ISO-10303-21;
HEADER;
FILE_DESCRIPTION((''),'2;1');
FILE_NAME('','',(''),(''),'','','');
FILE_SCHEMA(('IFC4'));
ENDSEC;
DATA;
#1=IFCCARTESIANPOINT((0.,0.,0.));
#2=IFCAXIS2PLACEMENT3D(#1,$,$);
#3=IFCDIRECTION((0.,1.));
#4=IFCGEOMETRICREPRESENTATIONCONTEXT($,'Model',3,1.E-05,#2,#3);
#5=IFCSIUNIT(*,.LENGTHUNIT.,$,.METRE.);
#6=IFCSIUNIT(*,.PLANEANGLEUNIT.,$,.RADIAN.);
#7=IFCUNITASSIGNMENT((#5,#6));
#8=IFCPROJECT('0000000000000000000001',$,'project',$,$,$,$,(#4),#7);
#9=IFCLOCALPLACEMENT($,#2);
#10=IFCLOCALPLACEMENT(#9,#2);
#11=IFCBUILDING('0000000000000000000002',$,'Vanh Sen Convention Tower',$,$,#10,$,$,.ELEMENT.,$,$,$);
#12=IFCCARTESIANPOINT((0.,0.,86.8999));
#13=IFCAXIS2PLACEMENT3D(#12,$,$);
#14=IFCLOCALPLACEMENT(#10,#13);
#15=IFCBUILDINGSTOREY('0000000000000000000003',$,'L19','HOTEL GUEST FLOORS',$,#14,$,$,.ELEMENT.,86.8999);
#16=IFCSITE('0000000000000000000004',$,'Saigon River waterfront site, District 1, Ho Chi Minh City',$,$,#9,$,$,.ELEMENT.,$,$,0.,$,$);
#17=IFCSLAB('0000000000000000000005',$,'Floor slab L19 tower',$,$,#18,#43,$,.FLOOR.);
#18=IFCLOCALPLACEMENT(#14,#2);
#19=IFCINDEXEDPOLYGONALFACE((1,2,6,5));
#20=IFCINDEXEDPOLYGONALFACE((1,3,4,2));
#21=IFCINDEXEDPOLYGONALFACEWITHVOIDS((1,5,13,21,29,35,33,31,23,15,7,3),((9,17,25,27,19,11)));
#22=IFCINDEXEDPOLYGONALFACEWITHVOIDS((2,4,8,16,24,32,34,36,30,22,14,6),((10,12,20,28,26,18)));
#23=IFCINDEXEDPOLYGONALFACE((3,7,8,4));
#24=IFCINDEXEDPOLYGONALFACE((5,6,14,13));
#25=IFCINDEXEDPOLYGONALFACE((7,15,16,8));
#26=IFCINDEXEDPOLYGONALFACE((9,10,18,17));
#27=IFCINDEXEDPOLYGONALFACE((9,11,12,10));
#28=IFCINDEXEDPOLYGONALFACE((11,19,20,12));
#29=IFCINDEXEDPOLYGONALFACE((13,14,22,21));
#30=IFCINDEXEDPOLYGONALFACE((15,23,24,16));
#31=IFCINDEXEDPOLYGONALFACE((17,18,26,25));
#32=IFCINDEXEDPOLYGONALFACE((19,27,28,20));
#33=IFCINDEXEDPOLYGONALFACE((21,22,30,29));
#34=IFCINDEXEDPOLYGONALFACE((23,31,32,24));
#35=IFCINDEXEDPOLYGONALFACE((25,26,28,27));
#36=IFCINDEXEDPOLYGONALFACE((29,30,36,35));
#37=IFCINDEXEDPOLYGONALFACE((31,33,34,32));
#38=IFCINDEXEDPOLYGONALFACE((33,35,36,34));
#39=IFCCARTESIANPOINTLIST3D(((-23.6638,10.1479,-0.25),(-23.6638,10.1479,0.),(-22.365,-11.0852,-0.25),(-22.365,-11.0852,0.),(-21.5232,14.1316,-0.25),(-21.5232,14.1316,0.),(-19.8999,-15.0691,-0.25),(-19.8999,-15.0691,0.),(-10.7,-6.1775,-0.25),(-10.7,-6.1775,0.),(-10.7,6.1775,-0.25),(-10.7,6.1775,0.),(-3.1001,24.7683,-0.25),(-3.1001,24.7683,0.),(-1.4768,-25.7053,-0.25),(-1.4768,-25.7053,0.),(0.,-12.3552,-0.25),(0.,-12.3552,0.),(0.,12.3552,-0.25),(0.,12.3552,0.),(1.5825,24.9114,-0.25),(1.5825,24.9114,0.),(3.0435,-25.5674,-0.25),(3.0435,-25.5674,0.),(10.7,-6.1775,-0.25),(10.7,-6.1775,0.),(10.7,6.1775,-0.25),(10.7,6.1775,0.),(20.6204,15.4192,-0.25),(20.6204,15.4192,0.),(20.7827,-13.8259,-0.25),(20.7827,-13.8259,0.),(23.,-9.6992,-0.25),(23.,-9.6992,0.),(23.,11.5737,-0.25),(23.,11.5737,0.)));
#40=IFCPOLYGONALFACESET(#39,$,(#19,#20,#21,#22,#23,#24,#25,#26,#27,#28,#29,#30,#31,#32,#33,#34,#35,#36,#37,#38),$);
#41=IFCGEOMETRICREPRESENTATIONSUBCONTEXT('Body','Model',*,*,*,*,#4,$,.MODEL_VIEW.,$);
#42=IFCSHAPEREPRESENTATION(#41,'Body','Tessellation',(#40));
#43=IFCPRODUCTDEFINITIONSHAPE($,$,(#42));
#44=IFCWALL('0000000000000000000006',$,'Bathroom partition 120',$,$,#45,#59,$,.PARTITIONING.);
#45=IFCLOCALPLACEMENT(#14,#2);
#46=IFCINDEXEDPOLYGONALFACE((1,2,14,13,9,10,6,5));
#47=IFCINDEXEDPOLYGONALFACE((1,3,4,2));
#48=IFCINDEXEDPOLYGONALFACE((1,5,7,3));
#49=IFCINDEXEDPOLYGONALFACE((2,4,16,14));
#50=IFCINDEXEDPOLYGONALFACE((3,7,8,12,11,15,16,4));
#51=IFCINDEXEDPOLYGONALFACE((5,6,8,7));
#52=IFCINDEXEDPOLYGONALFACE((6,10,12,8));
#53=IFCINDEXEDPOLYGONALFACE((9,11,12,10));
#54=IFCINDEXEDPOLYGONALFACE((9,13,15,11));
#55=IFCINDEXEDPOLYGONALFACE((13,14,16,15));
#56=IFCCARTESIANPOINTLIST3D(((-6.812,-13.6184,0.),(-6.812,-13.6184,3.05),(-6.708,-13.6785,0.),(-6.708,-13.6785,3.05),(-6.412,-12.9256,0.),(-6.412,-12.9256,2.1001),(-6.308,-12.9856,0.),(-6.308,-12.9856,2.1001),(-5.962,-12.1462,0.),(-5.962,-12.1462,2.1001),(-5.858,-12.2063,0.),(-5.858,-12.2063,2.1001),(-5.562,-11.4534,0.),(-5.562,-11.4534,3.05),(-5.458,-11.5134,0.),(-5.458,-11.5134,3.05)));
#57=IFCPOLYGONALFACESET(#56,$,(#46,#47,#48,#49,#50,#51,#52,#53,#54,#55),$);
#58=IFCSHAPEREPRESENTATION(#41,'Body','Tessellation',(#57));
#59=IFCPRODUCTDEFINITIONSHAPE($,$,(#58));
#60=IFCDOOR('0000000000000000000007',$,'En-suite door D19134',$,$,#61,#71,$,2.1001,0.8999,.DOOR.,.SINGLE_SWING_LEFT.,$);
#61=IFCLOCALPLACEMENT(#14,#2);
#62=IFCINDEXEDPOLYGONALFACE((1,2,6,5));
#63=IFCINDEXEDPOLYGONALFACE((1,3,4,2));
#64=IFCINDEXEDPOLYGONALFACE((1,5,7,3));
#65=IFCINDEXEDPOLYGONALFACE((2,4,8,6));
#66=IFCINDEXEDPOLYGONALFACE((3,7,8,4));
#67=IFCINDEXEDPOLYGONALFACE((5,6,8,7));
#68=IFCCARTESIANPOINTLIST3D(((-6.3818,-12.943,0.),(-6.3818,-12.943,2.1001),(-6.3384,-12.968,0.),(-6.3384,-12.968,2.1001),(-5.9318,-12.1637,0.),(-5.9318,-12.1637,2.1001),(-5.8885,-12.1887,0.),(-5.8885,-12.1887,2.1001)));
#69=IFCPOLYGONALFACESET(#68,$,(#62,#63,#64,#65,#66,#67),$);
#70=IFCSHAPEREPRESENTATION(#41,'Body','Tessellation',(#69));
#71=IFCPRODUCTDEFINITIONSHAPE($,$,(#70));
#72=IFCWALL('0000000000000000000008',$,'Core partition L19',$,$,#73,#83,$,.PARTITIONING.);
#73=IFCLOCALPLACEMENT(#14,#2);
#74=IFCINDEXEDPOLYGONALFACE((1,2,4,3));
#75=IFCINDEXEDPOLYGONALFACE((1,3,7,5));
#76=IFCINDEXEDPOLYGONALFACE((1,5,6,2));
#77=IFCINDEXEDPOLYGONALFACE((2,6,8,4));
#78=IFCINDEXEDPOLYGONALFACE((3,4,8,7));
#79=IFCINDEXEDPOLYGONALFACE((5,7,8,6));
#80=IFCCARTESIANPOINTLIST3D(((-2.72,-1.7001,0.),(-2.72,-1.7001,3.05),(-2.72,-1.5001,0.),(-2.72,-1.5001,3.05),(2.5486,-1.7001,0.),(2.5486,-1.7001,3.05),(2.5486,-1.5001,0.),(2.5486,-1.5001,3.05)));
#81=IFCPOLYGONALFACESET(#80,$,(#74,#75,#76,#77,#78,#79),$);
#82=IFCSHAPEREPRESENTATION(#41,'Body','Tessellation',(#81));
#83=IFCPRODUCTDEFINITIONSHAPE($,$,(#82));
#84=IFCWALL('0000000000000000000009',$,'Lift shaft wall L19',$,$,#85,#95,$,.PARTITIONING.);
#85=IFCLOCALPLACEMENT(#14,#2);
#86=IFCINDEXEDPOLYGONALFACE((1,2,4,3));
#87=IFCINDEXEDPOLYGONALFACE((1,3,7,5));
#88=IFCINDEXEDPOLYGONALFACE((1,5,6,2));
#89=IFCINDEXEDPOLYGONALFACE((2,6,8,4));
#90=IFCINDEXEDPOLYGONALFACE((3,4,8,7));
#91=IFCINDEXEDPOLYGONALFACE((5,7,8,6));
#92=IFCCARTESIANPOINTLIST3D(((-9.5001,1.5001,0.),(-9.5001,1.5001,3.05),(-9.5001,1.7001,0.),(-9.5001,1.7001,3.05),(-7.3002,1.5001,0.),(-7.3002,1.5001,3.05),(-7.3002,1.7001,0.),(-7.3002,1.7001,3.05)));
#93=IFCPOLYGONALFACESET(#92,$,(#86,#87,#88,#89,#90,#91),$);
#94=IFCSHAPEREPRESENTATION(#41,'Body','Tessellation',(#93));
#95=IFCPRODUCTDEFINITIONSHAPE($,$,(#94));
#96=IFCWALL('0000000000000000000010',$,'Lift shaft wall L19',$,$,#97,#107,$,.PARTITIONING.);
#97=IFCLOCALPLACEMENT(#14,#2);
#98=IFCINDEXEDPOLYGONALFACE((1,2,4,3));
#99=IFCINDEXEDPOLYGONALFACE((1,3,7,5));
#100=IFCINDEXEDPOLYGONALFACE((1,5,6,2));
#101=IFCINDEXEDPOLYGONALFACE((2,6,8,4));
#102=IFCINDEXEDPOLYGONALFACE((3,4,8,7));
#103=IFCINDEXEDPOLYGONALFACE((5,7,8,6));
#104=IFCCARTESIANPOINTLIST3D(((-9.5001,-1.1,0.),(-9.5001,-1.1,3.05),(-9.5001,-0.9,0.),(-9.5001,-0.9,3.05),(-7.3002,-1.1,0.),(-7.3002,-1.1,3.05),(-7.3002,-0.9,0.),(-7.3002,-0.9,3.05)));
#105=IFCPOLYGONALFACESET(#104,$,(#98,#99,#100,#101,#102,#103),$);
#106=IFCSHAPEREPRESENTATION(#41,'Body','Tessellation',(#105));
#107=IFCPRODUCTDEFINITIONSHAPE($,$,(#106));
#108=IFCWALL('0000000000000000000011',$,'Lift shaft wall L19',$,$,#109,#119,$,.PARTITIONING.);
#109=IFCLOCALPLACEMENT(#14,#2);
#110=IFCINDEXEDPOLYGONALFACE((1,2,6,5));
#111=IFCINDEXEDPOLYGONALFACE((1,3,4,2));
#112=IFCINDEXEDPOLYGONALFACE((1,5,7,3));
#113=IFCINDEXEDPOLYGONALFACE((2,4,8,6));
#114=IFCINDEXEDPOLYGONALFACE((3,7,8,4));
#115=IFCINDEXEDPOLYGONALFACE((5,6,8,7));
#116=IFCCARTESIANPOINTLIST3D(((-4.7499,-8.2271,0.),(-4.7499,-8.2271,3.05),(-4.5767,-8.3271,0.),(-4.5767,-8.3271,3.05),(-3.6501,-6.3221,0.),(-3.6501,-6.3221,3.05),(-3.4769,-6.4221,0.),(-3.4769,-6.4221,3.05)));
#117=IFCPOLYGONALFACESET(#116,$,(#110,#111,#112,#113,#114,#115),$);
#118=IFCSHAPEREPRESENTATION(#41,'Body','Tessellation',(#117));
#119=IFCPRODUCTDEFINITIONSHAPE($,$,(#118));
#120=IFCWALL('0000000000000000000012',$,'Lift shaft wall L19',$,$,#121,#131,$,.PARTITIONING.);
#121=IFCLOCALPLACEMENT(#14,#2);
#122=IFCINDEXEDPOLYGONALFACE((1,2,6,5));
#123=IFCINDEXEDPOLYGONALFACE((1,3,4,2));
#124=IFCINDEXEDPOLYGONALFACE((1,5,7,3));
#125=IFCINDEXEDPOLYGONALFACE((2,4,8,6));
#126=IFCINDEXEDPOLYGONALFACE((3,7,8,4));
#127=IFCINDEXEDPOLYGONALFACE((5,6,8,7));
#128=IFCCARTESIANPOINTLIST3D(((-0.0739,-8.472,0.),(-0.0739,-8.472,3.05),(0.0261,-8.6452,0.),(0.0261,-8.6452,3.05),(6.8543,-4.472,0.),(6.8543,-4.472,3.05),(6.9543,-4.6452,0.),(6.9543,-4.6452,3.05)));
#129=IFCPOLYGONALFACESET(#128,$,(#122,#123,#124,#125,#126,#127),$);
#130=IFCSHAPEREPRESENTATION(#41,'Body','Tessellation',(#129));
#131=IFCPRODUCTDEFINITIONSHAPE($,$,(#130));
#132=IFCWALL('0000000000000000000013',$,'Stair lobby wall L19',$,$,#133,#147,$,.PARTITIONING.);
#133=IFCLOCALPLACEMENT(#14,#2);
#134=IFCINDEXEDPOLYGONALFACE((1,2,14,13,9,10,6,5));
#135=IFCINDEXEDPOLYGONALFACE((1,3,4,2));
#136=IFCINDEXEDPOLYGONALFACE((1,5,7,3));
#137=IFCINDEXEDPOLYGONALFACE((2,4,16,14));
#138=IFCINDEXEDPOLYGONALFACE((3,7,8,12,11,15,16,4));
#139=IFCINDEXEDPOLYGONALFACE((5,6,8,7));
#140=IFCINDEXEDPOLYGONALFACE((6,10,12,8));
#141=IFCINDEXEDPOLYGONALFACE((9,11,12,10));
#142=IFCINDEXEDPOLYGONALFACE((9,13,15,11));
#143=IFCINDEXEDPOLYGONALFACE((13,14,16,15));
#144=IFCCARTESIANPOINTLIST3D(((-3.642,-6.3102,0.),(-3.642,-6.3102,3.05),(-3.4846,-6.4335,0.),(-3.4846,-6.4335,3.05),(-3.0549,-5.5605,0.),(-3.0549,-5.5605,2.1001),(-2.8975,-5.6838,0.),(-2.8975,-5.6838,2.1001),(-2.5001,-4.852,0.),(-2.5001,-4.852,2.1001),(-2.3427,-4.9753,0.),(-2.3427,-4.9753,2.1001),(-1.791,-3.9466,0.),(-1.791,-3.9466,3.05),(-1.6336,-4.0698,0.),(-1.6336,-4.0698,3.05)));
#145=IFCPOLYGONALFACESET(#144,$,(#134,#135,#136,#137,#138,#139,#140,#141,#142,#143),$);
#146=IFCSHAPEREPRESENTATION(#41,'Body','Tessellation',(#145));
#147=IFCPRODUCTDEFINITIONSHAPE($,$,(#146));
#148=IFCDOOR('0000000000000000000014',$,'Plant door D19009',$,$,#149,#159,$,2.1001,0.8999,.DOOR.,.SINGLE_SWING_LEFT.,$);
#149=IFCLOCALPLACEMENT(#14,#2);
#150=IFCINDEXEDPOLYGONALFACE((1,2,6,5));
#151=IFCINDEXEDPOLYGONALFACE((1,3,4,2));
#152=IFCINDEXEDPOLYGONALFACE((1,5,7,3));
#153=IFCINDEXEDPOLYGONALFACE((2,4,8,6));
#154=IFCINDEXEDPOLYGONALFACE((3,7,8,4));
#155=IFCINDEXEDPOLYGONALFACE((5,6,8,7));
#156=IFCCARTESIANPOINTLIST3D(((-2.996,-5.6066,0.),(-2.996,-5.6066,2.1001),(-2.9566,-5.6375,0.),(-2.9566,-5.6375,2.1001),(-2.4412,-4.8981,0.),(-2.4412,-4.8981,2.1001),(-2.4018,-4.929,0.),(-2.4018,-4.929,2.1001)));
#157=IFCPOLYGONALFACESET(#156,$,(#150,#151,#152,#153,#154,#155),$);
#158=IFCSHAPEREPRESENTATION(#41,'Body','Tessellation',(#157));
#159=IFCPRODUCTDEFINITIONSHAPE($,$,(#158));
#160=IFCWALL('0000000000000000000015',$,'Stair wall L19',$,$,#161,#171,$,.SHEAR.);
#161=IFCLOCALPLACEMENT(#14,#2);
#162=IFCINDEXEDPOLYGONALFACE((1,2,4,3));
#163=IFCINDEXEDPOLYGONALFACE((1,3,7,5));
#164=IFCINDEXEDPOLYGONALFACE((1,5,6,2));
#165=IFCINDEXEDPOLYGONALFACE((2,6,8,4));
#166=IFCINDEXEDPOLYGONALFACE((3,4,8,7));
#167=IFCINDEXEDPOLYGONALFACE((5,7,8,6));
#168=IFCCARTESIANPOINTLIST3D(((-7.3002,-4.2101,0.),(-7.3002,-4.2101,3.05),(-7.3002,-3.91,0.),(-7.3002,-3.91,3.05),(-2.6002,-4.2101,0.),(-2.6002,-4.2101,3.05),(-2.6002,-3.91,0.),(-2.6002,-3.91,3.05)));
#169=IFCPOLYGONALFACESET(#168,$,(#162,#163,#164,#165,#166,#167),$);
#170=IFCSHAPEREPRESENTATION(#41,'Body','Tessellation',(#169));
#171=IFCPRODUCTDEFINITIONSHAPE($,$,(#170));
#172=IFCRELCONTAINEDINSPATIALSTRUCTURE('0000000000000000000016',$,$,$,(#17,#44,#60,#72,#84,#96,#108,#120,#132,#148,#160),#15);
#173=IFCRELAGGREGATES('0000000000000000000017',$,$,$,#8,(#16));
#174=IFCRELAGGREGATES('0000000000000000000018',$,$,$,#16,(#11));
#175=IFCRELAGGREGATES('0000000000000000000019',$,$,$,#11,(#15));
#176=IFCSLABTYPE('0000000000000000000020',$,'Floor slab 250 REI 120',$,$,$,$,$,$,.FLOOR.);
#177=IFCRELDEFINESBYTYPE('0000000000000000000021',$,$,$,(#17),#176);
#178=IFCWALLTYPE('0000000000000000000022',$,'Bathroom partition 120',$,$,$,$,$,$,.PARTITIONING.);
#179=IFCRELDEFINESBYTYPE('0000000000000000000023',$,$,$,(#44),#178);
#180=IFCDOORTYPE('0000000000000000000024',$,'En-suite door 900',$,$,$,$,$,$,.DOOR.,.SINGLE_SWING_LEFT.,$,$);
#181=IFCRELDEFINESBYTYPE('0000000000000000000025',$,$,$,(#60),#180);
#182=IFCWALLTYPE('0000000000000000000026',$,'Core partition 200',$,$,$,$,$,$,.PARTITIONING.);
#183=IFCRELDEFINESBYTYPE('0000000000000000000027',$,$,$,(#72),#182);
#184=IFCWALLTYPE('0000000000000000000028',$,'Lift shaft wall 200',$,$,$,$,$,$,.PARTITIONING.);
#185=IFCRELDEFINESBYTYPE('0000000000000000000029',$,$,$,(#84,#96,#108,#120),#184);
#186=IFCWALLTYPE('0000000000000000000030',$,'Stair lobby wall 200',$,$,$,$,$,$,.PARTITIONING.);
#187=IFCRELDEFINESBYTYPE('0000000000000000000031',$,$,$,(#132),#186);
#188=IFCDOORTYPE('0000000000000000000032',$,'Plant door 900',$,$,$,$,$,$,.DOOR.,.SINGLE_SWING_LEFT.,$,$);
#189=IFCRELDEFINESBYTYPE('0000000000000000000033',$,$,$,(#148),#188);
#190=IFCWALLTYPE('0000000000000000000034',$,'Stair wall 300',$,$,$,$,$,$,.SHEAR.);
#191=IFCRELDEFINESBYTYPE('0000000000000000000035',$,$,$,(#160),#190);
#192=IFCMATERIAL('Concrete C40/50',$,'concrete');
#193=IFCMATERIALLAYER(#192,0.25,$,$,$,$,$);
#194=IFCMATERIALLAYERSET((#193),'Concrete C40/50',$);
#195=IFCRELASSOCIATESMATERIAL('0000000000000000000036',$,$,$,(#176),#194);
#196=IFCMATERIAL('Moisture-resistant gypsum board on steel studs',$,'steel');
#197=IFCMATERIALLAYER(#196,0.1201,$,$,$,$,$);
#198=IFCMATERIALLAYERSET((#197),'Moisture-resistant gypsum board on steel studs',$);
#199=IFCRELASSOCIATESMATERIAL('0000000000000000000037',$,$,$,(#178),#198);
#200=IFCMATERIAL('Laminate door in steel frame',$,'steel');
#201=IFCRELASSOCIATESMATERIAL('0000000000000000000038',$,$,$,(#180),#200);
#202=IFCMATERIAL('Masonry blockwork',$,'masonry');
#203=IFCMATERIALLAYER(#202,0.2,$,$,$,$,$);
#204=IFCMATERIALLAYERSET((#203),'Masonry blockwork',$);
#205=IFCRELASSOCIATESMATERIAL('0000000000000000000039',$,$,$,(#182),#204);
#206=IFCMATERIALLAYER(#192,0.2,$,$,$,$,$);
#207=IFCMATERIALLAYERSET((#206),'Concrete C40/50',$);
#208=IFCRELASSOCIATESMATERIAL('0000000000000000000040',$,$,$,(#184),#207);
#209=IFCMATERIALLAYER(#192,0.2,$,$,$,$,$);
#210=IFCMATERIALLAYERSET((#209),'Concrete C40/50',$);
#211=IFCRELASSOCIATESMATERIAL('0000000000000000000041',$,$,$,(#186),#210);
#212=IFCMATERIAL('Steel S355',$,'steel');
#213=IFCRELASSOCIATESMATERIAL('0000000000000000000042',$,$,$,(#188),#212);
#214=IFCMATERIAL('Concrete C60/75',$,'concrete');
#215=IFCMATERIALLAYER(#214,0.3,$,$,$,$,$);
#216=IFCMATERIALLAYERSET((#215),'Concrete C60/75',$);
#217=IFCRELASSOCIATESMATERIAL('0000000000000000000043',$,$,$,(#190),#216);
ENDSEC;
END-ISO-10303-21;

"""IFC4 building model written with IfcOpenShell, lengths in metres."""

from ifc_helpers import new_model, si_unit, direction, frame, frame_2d, origin, place, context, subcontext, project, spatial, polyline, rectangle, outline, extrude, material, layer, layer_set, type_object, element, fill, save


model = new_model("IFC4")

# Units and contexts
model_context = context("Model", 3, precision=1e-05, world=origin(), true_north=direction((0.0, 1.0)))
body_context = subcontext(model_context, "Body", "Model", "MODEL_VIEW")
ifc_project = project(units=[si_unit("LENGTHUNIT", "METRE"), si_unit("PLANEANGLEUNIT", "RADIAN")], contexts=[model_context])

# Site, building, storey
site_placement = place(None, origin())
site = spatial("IfcSite", under=ifc_project, at=site_placement, Name="Saigon River waterfront site, District 1, Ho Chi Minh City", CompositionType="ELEMENT", RefElevation=0.0)
building_placement = place(site_placement, origin())
building = spatial("IfcBuilding", under=site, at=building_placement, Name="Vanh Sen Convention Tower", CompositionType="ELEMENT")
storey_placement = place(building_placement, frame((0.0, 0.0, 86.8999)))
storey = spatial("IfcBuildingStorey", under=building, at=storey_placement, Name="L19", Description="HOTEL GUEST FLOORS", CompositionType="ELEMENT", Elevation=86.8999)

# Slab
ifc_material_1 = material(Name="Concrete C40/50", Category="concrete")
ifc_layer_1 = layer(ifc_material_1, 0.25)
ifc_layer_set_1 = layer_set([ifc_layer_1], Name="Concrete C40/50")
slab_type = type_object("IfcSlabType", Name="Floor slab 250 REI 120", PredefinedType="FLOOR", material=ifc_layer_set_1)
slab_placement = place(storey_placement, frame((0.0, 0.0, -0.25)))
element("IfcSlab", 1, at=slab_placement, inside=storey, type_object=slab_type, Name="Floor slab L19 tower", PredefinedType="FLOOR", context=body_context, shape_type="SweptSolid", body=[
    extrude(outline(polyline([(23.0, -9.6992), (23.0, 11.5737), (20.6204, 15.4192), (1.5825, 24.9114), (-3.1001, 24.7683), (-21.5232, 14.1316), (-23.6638, 10.1479), (-22.365, -11.0852), (-19.8999, -15.0691), (-1.4768, -25.7053), (3.0435, -25.5674), (20.7827, -13.8259), (23.0, -9.6992)]), holes=[polyline([(0.0, 12.3552), (-10.7, 6.1775), (-10.7, -6.1775), (0.0, -12.3552), (10.7, -6.1775), (10.7, 6.1775), (0.0, 12.3552)])]), origin(), (0.0, 0.0, 1.0), 0.25),
])

# Wall, opening, door
ifc_material_2 = material(Name="Moisture-resistant gypsum board on steel studs", Category="steel")
ifc_layer_2 = layer(ifc_material_2, 0.1201)
ifc_layer_set_2 = layer_set([ifc_layer_2], Name="Moisture-resistant gypsum board on steel studs")
wall_type_1 = type_object("IfcWallType", Name="Bathroom partition 120", PredefinedType="PARTITIONING", material=ifc_layer_set_2)
wall_1_placement = place(storey_placement, frame((-5.51, -11.4834, 0.0), z_axis=(0.0, 0.0, 1.0), x_axis=(-0.500004, -0.866023, 0.0)))
wall_1 = element("IfcWall", 2, at=wall_1_placement, inside=storey, type_object=wall_type_1, Name="Bathroom partition 120", PredefinedType="PARTITIONING", context=body_context, shape_type="SweptSolid", body=[
    extrude(rectangle(XDim=2.5, YDim=0.1201, at=frame_2d((1.25, 0.0))), origin(), (0.0, 0.0, 1.0), 3.05),
])
opening_1_placement = place(wall_1_placement, frame((0.8, 0.0, 0.0)))
opening_1 = element("IfcOpeningElement", 3, at=opening_1_placement, cuts=wall_1, PredefinedType="OPENING", context=body_context, shape_type="SweptSolid", body=[
    extrude(rectangle(XDim=0.8999, YDim=2.1001, at=frame_2d((0.45, 1.05))), frame((0.0, 0.0701, 0.0), z_axis=(0.0, -1.0, 0.0), x_axis=(1.0, 0.0, 0.0)), (0.0, 0.0, 1.0), 0.1401),
])
ifc_material_3 = material(Name="Laminate door in steel frame", Category="steel")
door_type_1 = type_object("IfcDoorType", Name="En-suite door 900", OperationType="SINGLE_SWING_LEFT", PredefinedType="DOOR", material=ifc_material_3)
door_1_placement = place(opening_1_placement, origin())
door_1 = element("IfcDoor", 4, at=door_1_placement, inside=storey, type_object=door_type_1, Name="En-suite door D19134", OperationType="SINGLE_SWING_LEFT", OverallHeight=2.1001, OverallWidth=0.8999, PredefinedType="DOOR", context=body_context, shape_type="SweptSolid", body=[
    extrude(rectangle(XDim=0.8999, YDim=2.1001, at=frame_2d((0.45, 1.05))), frame((0.0, 0.0249, 0.0), z_axis=(0.0, -1.0, 0.0), x_axis=(1.0, 0.0, 0.0)), (0.0, 0.0, 1.0), 0.05),
])
fill(opening_1, door_1)

# Walls
ifc_material_4 = material(Name="Masonry blockwork", Category="masonry")
ifc_layer_3 = layer(ifc_material_4, 0.2)
ifc_layer_set_3 = layer_set([ifc_layer_3], Name="Masonry blockwork")
wall_type_2 = type_object("IfcWallType", Name="Core partition 200", PredefinedType="PARTITIONING", material=ifc_layer_set_3)
wall_2_placement = place(storey_placement, frame((-2.72, -1.6001, 0.0), z_axis=(0.0, 0.0, 1.0), x_axis=(1.0, 0.0, 0.0)))
element("IfcWall", 5, at=wall_2_placement, inside=storey, type_object=wall_type_2, Name="Core partition L19", PredefinedType="PARTITIONING", context=body_context, shape_type="SweptSolid", body=[
    extrude(rectangle(XDim=5.2686, YDim=0.2, at=frame_2d((2.6343, 0.0))), origin(), (0.0, 0.0, 1.0), 3.05),
])
ifc_layer_4 = layer(ifc_material_1, 0.2)
ifc_layer_set_4 = layer_set([ifc_layer_4], Name="Concrete C40/50")
wall_type_3 = type_object("IfcWallType", Name="Lift shaft wall 200", PredefinedType="PARTITIONING", material=ifc_layer_set_4)
for number, where, z_axis, x_axis, name in (
    (6, (-7.3, 1.6001, 0.0), (0.0, 0.0, 1.0), (-1.0, 0.0, 0.0), "Lift shaft wall L19"),
    (7, (-7.3, -1.0, 0.0), (0.0, 0.0, 1.0), (-1.0, 0.0, 0.0), "Lift shaft wall L19"),
):
    element("IfcWall", number, at=place(storey_placement, frame(where, z_axis=z_axis, x_axis=x_axis)), inside=storey, type_object=wall_type_3, Name=name, PredefinedType="PARTITIONING", context=body_context, shape_type="SweptSolid", body=[
        extrude(rectangle(XDim=2.2, YDim=0.2, at=frame_2d((1.1001, 0.0))), origin(), (0.0, 0.0, 1.0), 3.05),
    ])
wall_3_placement = place(storey_placement, frame((-3.5635, -6.3721, 0.0), z_axis=(0.0, 0.0, 1.0), x_axis=(-0.499995, -0.866028, 0.0)))
element("IfcWall", 8, at=wall_3_placement, inside=storey, type_object=wall_type_3, Name="Lift shaft wall L19", PredefinedType="PARTITIONING", context=body_context, shape_type="SweptSolid", body=[
    extrude(rectangle(XDim=2.1997, YDim=0.2, at=frame_2d((1.0999, 0.0))), origin(), (0.0, 0.0, 1.0), 3.05),
])
wall_4_placement = place(storey_placement, frame((-0.0239, -8.5586, 0.0), z_axis=(0.0, 0.0, 1.0), x_axis=(0.866026, 0.499999, 0.0)))
element("IfcWall", 9, at=wall_4_placement, inside=storey, type_object=wall_type_3, Name="Lift shaft wall L19", PredefinedType="PARTITIONING", context=body_context, shape_type="SweptSolid", body=[
    extrude(rectangle(XDim=8.0, YDim=0.2, at=frame_2d((4.0, 0.0))), origin(), (0.0, 0.0, 1.0), 3.05),
])

# Wall, opening, door
ifc_layer_5 = layer(ifc_material_1, 0.2)
ifc_layer_set_5 = layer_set([ifc_layer_5], Name="Concrete C40/50")
wall_type_4 = type_object("IfcWallType", Name="Stair lobby wall 200", PredefinedType="PARTITIONING", material=ifc_layer_set_5)
wall_5_placement = place(storey_placement, frame((-1.7124, -4.0083, 0.0), z_axis=(0.0, 0.0, 1.0), x_axis=(-0.616549, -0.787316, 0.0)))
wall_5 = element("IfcWall", 10, at=wall_5_placement, inside=storey, type_object=wall_type_4, Name="Stair lobby wall L19", PredefinedType="PARTITIONING", context=body_context, shape_type="SweptSolid", body=[
    extrude(rectangle(XDim=3.0022, YDim=0.2, at=frame_2d((1.501, 0.0))), origin(), (0.0, 0.0, 1.0), 3.05),
])
opening_2_placement = place(wall_5_placement, frame((1.1499, 0.0, 0.0)))
opening_2 = element("IfcOpeningElement", 11, at=opening_2_placement, cuts=wall_5, PredefinedType="OPENING", context=body_context, shape_type="SweptSolid", body=[
    extrude(rectangle(XDim=0.8999, YDim=2.1001, at=frame_2d((0.45, 1.05))), frame((0.0, 0.1099, 0.0), z_axis=(0.0, -1.0, 0.0), x_axis=(1.0, 0.0, 0.0)), (0.0, 0.0, 1.0), 0.22),
])
ifc_material_5 = material(Name="Steel S355", Category="steel")
door_type_2 = type_object("IfcDoorType", Name="Plant door 900", OperationType="SINGLE_SWING_LEFT", PredefinedType="DOOR", material=ifc_material_5)
door_2_placement = place(opening_2_placement, origin())
door_2 = element("IfcDoor", 12, at=door_2_placement, inside=storey, type_object=door_type_2, Name="Plant door D19009", OperationType="SINGLE_SWING_LEFT", OverallHeight=2.1001, OverallWidth=0.8999, PredefinedType="DOOR", context=body_context, shape_type="SweptSolid", body=[
    extrude(rectangle(XDim=0.8999, YDim=2.1001, at=frame_2d((0.45, 1.05))), frame((0.0, 0.0249, 0.0), z_axis=(0.0, -1.0, 0.0), x_axis=(1.0, 0.0, 0.0)), (0.0, 0.0, 1.0), 0.05),
])
fill(opening_2, door_2)

# Wall
ifc_material_6 = material(Name="Concrete C60/75", Category="concrete")
ifc_layer_6 = layer(ifc_material_6, 0.3)
ifc_layer_set_6 = layer_set([ifc_layer_6], Name="Concrete C60/75")
wall_type_5 = type_object("IfcWallType", Name="Stair wall 300", PredefinedType="SHEAR", material=ifc_layer_set_6)
wall_6_placement = place(storey_placement, frame((-2.6001, -4.0601, 0.0), z_axis=(0.0, 0.0, 1.0), x_axis=(-1.0, 0.0, 0.0)))
element("IfcWall", 13, at=wall_6_placement, inside=storey, type_object=wall_type_5, Name="Stair wall L19", PredefinedType="SHEAR", context=body_context, shape_type="SweptSolid", body=[
    extrude(rectangle(XDim=4.7, YDim=0.3, at=frame_2d((2.3501, 0.0))), origin(), (0.0, 0.0, 1.0), 3.05),
])

save(model, "model.ifc")
